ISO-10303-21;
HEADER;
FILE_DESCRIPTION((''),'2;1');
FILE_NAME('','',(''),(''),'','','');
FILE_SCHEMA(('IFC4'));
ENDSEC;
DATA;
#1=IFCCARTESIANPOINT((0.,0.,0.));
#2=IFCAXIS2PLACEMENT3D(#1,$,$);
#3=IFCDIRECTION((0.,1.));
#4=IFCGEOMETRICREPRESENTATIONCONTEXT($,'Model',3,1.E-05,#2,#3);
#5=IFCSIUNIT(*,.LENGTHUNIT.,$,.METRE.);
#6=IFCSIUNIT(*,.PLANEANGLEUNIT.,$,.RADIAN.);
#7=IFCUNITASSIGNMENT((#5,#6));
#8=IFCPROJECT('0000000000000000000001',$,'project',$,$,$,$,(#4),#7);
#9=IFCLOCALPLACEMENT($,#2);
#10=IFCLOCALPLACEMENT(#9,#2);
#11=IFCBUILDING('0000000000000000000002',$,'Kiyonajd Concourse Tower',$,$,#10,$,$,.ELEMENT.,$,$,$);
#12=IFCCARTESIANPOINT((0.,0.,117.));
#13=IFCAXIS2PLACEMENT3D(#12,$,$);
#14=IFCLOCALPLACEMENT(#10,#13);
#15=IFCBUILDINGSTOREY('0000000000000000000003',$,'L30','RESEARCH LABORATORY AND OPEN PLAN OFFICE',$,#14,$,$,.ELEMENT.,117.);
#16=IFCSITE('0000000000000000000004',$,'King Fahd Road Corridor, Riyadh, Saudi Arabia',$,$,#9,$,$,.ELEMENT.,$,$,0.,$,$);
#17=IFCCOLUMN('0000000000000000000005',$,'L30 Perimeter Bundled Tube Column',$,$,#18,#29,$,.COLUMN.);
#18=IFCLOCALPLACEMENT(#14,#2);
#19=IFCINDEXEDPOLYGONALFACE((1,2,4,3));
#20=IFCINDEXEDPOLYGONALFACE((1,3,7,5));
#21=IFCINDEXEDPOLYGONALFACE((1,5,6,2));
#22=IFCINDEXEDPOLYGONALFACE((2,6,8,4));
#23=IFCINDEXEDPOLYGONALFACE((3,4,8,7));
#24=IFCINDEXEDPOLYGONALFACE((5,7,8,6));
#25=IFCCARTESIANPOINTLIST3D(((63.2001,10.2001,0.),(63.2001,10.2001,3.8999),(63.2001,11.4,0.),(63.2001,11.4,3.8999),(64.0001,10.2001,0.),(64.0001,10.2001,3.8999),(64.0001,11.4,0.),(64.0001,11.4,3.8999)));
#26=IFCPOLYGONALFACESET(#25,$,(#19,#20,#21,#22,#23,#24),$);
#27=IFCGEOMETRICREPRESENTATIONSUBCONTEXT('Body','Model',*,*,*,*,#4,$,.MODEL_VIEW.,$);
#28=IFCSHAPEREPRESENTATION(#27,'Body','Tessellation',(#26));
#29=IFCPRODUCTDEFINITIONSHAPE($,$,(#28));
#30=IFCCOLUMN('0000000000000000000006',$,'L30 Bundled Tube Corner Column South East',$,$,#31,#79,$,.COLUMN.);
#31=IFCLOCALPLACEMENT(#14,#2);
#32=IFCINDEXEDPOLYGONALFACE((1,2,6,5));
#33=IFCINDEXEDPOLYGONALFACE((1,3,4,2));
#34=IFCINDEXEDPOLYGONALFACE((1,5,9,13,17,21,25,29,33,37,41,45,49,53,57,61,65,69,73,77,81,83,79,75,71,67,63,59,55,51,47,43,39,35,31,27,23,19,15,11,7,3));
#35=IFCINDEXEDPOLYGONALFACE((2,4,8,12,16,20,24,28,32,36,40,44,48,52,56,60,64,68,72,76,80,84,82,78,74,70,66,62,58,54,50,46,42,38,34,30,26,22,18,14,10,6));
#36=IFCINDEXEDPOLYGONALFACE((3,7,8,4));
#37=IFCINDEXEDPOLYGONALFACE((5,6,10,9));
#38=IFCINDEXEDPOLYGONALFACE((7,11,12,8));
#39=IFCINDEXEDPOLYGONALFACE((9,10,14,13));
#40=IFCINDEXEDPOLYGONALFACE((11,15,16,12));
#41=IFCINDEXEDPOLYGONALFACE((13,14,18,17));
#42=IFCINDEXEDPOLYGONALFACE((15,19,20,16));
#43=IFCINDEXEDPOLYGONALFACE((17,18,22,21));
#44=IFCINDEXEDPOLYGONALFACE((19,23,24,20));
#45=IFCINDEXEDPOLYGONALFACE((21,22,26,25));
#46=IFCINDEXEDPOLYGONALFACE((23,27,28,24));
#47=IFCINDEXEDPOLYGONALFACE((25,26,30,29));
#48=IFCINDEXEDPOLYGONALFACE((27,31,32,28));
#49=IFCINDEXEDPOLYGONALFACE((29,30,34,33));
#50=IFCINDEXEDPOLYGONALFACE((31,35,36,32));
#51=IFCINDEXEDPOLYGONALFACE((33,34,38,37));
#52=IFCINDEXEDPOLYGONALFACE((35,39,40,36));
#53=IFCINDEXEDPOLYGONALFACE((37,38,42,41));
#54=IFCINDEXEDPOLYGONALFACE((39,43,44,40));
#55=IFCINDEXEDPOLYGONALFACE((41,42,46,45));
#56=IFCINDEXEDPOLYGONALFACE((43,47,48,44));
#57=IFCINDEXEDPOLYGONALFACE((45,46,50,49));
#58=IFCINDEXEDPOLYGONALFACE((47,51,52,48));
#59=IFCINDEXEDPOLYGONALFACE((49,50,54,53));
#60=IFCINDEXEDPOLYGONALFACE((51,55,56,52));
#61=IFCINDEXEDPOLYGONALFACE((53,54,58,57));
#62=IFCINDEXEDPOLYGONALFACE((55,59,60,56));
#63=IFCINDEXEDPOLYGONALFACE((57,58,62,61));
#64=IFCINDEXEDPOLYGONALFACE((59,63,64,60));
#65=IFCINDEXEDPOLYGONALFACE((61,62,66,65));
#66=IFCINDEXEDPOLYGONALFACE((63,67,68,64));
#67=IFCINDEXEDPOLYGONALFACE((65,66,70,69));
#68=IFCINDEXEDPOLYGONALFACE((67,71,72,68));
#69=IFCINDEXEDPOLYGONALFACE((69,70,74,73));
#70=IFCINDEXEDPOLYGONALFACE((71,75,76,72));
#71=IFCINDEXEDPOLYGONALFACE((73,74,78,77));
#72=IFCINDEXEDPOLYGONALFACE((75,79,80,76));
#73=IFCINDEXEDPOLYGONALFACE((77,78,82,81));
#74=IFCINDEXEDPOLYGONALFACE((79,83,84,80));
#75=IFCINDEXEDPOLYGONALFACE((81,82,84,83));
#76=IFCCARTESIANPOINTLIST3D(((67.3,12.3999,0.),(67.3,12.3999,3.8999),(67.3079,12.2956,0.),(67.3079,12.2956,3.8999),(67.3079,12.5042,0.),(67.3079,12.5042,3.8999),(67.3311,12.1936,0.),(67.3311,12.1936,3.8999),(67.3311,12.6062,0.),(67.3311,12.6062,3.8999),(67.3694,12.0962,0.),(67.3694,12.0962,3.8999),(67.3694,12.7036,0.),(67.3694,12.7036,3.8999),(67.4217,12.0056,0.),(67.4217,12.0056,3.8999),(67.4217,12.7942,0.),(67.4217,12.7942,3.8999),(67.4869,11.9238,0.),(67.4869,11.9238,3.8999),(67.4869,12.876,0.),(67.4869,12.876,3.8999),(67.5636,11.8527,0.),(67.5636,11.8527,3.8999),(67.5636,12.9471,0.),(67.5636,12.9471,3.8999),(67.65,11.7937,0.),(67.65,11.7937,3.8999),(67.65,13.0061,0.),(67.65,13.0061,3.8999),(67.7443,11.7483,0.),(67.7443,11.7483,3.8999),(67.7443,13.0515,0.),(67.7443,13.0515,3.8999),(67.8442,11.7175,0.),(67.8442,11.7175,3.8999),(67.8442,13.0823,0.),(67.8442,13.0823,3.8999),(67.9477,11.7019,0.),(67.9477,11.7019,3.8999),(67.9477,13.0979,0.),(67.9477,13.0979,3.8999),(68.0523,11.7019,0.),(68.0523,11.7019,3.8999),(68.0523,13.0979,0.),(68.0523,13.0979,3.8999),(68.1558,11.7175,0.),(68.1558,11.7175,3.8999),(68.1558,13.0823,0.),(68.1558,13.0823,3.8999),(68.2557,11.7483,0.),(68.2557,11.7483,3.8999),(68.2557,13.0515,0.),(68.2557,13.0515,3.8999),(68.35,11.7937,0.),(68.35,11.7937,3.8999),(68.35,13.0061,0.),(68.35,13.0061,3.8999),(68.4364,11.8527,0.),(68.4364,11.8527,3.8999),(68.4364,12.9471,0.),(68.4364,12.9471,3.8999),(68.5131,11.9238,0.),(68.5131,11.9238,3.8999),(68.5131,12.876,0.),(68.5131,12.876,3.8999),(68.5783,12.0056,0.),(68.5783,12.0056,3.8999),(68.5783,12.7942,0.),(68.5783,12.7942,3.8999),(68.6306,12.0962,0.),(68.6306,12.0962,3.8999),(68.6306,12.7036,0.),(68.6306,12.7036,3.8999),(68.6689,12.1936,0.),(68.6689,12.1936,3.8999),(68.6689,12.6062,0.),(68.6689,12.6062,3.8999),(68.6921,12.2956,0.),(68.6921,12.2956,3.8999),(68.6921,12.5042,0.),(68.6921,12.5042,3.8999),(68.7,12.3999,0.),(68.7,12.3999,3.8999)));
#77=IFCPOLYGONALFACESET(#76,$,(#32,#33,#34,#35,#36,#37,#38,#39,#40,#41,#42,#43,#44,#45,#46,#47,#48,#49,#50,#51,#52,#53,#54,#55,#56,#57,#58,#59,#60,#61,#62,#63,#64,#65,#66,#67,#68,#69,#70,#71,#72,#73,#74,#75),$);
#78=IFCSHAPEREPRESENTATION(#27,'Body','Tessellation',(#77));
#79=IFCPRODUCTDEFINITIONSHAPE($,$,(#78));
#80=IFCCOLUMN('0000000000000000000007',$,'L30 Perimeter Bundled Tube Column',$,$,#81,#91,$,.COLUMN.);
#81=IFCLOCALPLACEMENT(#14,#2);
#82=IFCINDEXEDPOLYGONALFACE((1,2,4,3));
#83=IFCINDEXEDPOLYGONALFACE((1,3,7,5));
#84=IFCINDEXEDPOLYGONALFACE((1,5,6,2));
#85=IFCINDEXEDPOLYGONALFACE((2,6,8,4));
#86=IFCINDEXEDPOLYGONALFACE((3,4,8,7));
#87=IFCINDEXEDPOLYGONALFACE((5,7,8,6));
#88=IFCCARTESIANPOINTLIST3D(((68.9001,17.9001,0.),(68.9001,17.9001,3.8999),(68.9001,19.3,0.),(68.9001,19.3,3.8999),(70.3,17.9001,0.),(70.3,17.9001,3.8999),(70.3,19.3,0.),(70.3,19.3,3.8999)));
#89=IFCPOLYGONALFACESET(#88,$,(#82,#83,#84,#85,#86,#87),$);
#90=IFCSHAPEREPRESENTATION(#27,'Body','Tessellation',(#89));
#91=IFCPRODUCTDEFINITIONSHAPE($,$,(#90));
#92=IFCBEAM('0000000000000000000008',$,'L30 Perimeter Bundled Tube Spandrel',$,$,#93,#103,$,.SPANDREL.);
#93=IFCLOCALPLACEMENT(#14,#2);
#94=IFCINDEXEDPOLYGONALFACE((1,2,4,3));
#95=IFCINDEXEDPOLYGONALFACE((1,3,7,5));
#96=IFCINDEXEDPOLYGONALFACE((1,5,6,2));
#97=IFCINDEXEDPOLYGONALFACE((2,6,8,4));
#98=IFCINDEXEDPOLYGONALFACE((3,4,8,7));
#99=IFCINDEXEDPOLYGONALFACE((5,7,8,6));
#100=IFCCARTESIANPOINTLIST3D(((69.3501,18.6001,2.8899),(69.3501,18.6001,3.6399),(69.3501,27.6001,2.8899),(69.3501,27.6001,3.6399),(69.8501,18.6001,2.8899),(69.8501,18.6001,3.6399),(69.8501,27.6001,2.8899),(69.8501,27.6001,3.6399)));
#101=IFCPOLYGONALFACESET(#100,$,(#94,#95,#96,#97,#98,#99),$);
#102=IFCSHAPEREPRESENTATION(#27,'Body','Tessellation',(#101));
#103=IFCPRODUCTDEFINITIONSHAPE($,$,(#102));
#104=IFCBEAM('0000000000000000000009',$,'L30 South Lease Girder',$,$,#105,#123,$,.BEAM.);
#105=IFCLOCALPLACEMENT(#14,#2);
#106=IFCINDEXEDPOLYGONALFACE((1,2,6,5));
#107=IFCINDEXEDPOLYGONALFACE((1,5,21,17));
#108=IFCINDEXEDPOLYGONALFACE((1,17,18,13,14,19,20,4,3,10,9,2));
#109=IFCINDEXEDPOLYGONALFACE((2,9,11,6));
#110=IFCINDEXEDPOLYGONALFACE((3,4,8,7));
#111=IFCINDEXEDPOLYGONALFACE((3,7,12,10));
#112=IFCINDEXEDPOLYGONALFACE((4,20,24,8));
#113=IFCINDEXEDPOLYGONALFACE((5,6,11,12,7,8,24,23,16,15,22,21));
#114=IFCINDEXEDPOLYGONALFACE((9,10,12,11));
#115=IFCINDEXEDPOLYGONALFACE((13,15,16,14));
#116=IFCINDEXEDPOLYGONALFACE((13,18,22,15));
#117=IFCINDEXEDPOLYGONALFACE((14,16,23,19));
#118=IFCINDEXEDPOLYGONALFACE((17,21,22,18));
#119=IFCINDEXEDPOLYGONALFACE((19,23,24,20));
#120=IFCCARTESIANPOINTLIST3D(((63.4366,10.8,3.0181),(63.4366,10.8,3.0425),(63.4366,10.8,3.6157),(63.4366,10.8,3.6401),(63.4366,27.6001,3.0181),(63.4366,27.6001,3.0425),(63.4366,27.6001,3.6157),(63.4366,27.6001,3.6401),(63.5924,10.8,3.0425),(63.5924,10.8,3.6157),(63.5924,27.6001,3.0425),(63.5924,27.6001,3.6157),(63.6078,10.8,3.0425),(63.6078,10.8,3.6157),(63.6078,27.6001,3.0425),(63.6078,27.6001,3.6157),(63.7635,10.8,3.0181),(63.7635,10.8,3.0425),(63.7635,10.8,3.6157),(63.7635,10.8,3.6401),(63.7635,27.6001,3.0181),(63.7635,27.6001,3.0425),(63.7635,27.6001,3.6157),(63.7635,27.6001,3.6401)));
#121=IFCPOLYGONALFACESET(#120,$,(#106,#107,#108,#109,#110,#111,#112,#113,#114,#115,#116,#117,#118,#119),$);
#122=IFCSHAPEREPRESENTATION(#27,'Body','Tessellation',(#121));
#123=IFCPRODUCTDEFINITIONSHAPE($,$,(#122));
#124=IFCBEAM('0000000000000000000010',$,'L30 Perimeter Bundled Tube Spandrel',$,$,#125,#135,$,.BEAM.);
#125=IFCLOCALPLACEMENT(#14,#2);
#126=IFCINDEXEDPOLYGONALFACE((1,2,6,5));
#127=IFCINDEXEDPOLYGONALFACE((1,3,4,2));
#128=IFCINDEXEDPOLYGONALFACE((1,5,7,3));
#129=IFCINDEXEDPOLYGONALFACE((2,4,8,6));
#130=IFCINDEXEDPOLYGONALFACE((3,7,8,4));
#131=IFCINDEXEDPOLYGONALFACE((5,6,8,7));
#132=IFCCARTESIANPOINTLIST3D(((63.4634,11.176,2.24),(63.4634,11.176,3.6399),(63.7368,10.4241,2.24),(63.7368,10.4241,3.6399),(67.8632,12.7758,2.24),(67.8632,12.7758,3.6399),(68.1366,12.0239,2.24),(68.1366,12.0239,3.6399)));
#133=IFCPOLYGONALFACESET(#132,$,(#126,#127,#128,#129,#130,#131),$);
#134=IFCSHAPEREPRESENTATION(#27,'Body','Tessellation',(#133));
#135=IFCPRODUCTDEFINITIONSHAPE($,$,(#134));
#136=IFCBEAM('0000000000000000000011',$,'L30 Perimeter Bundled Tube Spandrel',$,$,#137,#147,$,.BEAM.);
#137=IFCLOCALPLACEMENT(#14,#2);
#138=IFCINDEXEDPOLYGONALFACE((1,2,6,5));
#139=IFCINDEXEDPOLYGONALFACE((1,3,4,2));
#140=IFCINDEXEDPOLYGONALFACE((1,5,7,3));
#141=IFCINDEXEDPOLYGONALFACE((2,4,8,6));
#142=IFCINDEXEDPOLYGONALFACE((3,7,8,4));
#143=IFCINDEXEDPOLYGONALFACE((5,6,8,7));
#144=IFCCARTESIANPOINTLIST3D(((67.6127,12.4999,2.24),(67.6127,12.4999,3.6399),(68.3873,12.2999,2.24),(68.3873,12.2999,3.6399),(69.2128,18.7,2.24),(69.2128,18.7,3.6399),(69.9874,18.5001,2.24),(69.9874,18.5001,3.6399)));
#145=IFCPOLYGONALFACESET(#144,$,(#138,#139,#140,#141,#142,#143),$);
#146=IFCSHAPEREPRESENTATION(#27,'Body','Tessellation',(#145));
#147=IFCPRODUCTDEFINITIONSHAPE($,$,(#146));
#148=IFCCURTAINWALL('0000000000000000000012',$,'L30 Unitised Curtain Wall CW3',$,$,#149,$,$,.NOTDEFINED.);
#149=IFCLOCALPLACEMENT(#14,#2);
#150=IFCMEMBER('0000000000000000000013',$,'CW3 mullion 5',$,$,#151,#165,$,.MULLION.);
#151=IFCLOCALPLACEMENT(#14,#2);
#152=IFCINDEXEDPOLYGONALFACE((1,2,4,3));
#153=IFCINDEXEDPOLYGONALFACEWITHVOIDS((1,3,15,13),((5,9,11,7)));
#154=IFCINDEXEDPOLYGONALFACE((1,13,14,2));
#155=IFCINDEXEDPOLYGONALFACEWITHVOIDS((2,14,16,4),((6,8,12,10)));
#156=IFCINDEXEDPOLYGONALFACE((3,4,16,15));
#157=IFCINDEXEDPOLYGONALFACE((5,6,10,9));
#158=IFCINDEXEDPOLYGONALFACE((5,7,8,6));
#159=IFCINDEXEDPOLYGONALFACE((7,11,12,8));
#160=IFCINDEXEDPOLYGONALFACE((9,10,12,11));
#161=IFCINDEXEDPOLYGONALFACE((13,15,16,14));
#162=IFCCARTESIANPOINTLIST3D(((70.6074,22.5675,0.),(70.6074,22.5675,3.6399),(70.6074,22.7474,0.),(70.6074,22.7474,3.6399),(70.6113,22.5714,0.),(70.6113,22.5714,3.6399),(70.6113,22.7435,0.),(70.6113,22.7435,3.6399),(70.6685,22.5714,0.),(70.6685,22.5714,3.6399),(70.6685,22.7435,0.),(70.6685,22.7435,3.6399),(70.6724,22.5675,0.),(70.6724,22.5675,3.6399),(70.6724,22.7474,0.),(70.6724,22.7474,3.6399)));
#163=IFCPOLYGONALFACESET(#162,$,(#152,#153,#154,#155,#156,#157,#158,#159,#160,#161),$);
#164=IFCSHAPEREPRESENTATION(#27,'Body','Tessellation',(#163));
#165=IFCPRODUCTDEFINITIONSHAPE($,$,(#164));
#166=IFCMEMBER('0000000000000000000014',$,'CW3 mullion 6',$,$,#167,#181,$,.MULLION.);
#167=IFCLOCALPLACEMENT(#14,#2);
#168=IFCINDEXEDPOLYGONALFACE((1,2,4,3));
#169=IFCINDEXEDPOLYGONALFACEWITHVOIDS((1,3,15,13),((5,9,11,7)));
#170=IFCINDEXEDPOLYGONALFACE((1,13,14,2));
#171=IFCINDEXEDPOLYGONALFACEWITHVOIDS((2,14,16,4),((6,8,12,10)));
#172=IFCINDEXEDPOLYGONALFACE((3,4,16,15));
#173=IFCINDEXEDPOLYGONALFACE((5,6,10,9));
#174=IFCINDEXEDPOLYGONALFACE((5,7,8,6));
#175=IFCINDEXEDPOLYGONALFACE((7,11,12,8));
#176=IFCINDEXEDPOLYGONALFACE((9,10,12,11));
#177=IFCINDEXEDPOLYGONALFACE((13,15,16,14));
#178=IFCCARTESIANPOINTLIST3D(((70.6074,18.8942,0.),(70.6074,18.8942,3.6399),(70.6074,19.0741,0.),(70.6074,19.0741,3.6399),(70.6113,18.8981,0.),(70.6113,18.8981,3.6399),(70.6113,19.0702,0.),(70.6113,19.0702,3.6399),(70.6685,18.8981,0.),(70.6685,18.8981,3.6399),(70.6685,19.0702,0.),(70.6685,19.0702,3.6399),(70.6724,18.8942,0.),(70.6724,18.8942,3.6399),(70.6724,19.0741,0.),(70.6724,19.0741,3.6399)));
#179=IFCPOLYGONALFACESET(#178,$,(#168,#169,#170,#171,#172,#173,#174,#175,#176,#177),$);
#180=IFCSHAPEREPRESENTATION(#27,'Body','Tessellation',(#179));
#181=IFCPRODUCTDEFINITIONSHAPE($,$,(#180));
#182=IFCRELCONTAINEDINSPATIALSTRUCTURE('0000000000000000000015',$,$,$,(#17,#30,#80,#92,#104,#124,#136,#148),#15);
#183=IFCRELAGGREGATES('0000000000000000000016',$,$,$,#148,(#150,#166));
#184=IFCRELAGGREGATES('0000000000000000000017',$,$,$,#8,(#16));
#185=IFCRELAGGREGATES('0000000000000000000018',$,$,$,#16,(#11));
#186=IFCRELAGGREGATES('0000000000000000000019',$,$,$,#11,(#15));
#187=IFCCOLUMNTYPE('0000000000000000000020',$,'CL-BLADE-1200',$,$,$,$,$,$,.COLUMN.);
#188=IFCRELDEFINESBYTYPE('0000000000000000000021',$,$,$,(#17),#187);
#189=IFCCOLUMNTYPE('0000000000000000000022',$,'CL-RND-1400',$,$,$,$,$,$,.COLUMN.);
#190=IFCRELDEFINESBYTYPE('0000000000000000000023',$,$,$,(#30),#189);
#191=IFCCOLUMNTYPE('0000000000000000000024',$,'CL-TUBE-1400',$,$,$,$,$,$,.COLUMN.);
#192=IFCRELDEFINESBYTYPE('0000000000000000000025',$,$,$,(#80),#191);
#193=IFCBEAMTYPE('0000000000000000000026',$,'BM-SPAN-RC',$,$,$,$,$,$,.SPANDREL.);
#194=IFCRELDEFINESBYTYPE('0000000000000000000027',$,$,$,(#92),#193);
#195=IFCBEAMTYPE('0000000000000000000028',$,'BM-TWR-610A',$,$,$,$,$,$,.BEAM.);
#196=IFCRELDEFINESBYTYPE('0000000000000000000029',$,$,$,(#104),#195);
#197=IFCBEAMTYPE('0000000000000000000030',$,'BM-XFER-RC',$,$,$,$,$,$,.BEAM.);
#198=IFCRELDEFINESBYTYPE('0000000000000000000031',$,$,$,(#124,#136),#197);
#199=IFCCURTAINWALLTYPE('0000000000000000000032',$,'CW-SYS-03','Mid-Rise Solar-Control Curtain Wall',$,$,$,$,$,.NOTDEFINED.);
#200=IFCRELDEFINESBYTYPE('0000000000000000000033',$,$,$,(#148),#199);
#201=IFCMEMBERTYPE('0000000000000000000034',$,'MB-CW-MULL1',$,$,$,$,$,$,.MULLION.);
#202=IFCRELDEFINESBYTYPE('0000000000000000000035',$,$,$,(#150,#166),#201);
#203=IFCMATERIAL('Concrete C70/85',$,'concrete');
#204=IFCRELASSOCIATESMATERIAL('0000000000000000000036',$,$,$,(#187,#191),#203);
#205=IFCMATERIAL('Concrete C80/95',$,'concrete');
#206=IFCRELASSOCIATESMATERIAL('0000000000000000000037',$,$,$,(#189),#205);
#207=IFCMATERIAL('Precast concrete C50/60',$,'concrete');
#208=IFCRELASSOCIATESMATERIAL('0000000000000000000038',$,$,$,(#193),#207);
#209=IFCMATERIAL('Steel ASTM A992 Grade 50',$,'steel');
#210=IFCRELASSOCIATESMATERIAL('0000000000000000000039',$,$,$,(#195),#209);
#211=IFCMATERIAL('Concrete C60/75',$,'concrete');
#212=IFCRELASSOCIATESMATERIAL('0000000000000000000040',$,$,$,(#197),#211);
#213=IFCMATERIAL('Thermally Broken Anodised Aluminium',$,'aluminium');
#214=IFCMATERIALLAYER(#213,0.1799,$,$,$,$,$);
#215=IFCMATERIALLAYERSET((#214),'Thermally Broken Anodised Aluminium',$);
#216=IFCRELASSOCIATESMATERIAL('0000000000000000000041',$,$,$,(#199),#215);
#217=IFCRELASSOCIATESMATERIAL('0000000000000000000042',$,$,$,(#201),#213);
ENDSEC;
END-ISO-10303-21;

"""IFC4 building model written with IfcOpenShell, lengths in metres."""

from ifc_helpers import new_model, si_unit, direction, frame, origin, origin_2d, place, context, subcontext, project, spatial, rectangle, hollow_rectangle, circle, i_section, extrude, material, layer, layer_set, material_profile, profile_set, type_object, element, aggregate, save


model = new_model("IFC4")

# Units and contexts
model_context = context("Model", 3, precision=1e-05, world=origin(), true_north=direction((0.0, 1.0)))
body_context = subcontext(model_context, "Body", "Model", "MODEL_VIEW")
ifc_project = project(units=[si_unit("LENGTHUNIT", "METRE"), si_unit("PLANEANGLEUNIT", "RADIAN")], contexts=[model_context])

# Site, building, storey
site_placement = place(None, origin())
site = spatial("IfcSite", under=ifc_project, at=site_placement, Name="King Fahd Road Corridor, Riyadh, Saudi Arabia", CompositionType="ELEMENT", RefElevation=0.0)
building_placement = place(site_placement, origin())
building = spatial("IfcBuilding", under=site, at=building_placement, Name="Kiyonajd Concourse Tower", CompositionType="ELEMENT")
storey_placement = place(building_placement, frame((0.0, 0.0, 117.0)))
storey = spatial("IfcBuildingStorey", under=building, at=storey_placement, Name="L30", Description="RESEARCH LABORATORY AND OPEN PLAN OFFICE", CompositionType="ELEMENT", Elevation=117.0)

# Columns
ifc_material_1 = material(Name="Concrete C70/85", Category="concrete")
ifc_material_profile_1 = material_profile(ifc_material_1, rectangle(XDim=0.8, YDim=1.2, at=origin_2d()), Name="RC-1200x800")
ifc_profile_set_1 = profile_set([ifc_material_profile_1], Name="Concrete C70/85")
column_type_1 = type_object("IfcColumnType", Name="CL-BLADE-1200", PredefinedType="COLUMN", material=ifc_profile_set_1)
column_1_placement = place(storey_placement, frame((63.6001, 10.8, 0.0), z_axis=(0.0, 0.0, 1.0), x_axis=(1.0, 0.0, 0.0)))
element("IfcColumn", 1, at=column_1_placement, inside=storey, type_object=column_type_1, Name="L30 Perimeter Bundled Tube Column", PredefinedType="COLUMN", context=body_context, shape_type="SweptSolid", body=[
    extrude(rectangle(XDim=0.8, YDim=1.2, at=origin_2d()), origin(), (0.0, 0.0, 1.0), 3.8999),
])
ifc_material_2 = material(Name="Concrete C80/95", Category="concrete")
ifc_material_profile_2 = material_profile(ifc_material_2, circle(Radius=0.7, at=origin_2d()), Name="RCC-D1400")
ifc_profile_set_2 = profile_set([ifc_material_profile_2], Name="Concrete C80/95")
column_type_2 = type_object("IfcColumnType", Name="CL-RND-1400", PredefinedType="COLUMN", material=ifc_profile_set_2)
column_2_placement = place(storey_placement, frame((68.0, 12.3999, 0.0), z_axis=(0.0, 0.0, 1.0), x_axis=(1.0, 0.0, 0.0)))
element("IfcColumn", 2, at=column_2_placement, inside=storey, type_object=column_type_2, Name="L30 Bundled Tube Corner Column South East", PredefinedType="COLUMN", context=body_context, shape_type="SweptSolid", body=[
    extrude(circle(Radius=0.7, at=origin_2d()), origin(), (0.0, 0.0, 1.0), 3.8999),
])
ifc_material_profile_3 = material_profile(ifc_material_1, rectangle(XDim=1.3999, YDim=1.3999, at=origin_2d()), Name="RC-1400x1400")
ifc_profile_set_3 = profile_set([ifc_material_profile_3], Name="Concrete C70/85")
column_type_3 = type_object("IfcColumnType", Name="CL-TUBE-1400", PredefinedType="COLUMN", material=ifc_profile_set_3)
column_3_placement = place(storey_placement, frame((69.6001, 18.6001, 0.0), z_axis=(0.0, 0.0, 1.0), x_axis=(1.0, 0.0, 0.0)))
element("IfcColumn", 3, at=column_3_placement, inside=storey, type_object=column_type_3, Name="L30 Perimeter Bundled Tube Column", PredefinedType="COLUMN", context=body_context, shape_type="SweptSolid", body=[
    extrude(rectangle(XDim=1.3999, YDim=1.3999, at=origin_2d()), origin(), (0.0, 0.0, 1.0), 3.8999),
])

# Beams
ifc_material_3 = material(Name="Precast concrete C50/60", Category="concrete")
ifc_material_profile_4 = material_profile(ifc_material_3, rectangle(XDim=0.5, YDim=0.75, at=origin_2d()), Name="RCBM-500x750")
ifc_profile_set_4 = profile_set([ifc_material_profile_4], Name="Precast concrete C50/60")
beam_type_1 = type_object("IfcBeamType", Name="BM-SPAN-RC", PredefinedType="SPANDREL", material=ifc_profile_set_4)
beam_1_placement = place(storey_placement, frame((69.6001, 18.6001, 3.2649), z_axis=(0.0, 1.0, 0.0), x_axis=(-1.0, 0.0, 0.0)))
element("IfcBeam", 4, at=beam_1_placement, inside=storey, type_object=beam_type_1, Name="L30 Perimeter Bundled Tube Spandrel", PredefinedType="SPANDREL", context=body_context, shape_type="SweptSolid", body=[
    extrude(rectangle(XDim=0.5, YDim=0.75, at=origin_2d()), origin(), (0.0, 0.0, 1.0), 9.0),
])
ifc_material_4 = material(Name="Steel ASTM A992 Grade 50", Category="steel")
ifc_material_profile_5 = material_profile(ifc_material_4, i_section(OverallWidth=0.3269, OverallDepth=0.6221, WebThickness=0.0154, FlangeThickness=0.0244, at=origin_2d()), Name="W610X195")
ifc_profile_set_5 = profile_set([ifc_material_profile_5], Name="Steel ASTM A992 Grade 50")
beam_type_2 = type_object("IfcBeamType", Name="BM-TWR-610A", PredefinedType="BEAM", material=ifc_profile_set_5)
beam_2_placement = place(storey_placement, frame((63.6001, 10.8, 3.3291), z_axis=(0.0, 1.0, 0.0), x_axis=(-1.0, 0.0, 0.0)))
element("IfcBeam", 5, at=beam_2_placement, inside=storey, type_object=beam_type_2, Name="L30 South Lease Girder", PredefinedType="BEAM", context=body_context, shape_type="SweptSolid", body=[
    extrude(i_section(OverallWidth=0.3269, OverallDepth=0.6221, WebThickness=0.0154, FlangeThickness=0.0244, at=origin_2d()), origin(), (0.0, 0.0, 1.0), 16.8),
])
ifc_material_5 = material(Name="Concrete C60/75", Category="concrete")
ifc_material_profile_6 = material_profile(ifc_material_5, rectangle(XDim=0.8, YDim=1.3999, at=origin_2d()), Name="RCBM-800x1400")
ifc_profile_set_6 = profile_set([ifc_material_profile_6], Name="Concrete C60/75")
beam_type_3 = type_object("IfcBeamType", Name="BM-XFER-RC", PredefinedType="BEAM", material=ifc_profile_set_6)
beam_3_placement = place(storey_placement, frame((63.6001, 10.8, 2.9399), z_axis=(0.939801, 0.341722, 0.0), x_axis=(-0.341722, 0.939801, 0.0)))
element("IfcBeam", 6, at=beam_3_placement, inside=storey, type_object=beam_type_3, Name="L30 Perimeter Bundled Tube Spandrel", PredefinedType="BEAM", context=body_context, shape_type="SweptSolid", body=[
    extrude(rectangle(XDim=0.8, YDim=1.3999, at=origin_2d()), origin(), (0.0, 0.0, 1.0), 4.6816),
])
beam_4_placement = place(storey_placement, frame((68.0, 12.3999, 2.9399), z_axis=(0.249885, 0.968276, 0.0), x_axis=(-0.968276, 0.249885, 0.0)))
element("IfcBeam", 7, at=beam_4_placement, inside=storey, type_object=beam_type_3, Name="L30 Perimeter Bundled Tube Spandrel", PredefinedType="BEAM", context=body_context, shape_type="SweptSolid", body=[
    extrude(rectangle(XDim=0.8, YDim=1.3999, at=origin_2d()), origin(), (0.0, 0.0, 1.0), 6.4033),
])

# Curtain wall, members
ifc_material_6 = material(Name="Thermally Broken Anodised Aluminium", Category="aluminium")
ifc_layer_1 = layer(ifc_material_6, 0.1799)
ifc_layer_set_1 = layer_set([ifc_layer_1], Name="Thermally Broken Anodised Aluminium")
curtain_wall_type = type_object("IfcCurtainWallType", Name="CW-SYS-03", Description="Mid-Rise Solar-Control Curtain Wall", PredefinedType="NOTDEFINED", material=ifc_layer_set_1)
curtain_wall_placement = place(storey_placement, origin())
curtain_wall = element("IfcCurtainWall", 8, at=curtain_wall_placement, inside=storey, type_object=curtain_wall_type, Name="L30 Unitised Curtain Wall CW3", PredefinedType="NOTDEFINED")
ifc_material_profile_7 = material_profile(ifc_material_6, hollow_rectangle(XDim=0.0649, YDim=0.1799, WallThickness=0.0039, at=origin_2d()), Name="MULL-65x180")
ifc_profile_set_7 = profile_set([ifc_material_profile_7], Name="Thermally Broken Anodised Aluminium")
member_type_1 = type_object("IfcMemberType", Name="MB-CW-MULL1", PredefinedType="MULLION", material=ifc_profile_set_7)
member_1_placement = place(storey_placement, frame((70.6399, 22.6575, 0.0), z_axis=(0.0, 0.0, 1.0), x_axis=(1.0, 0.0, 0.0)))
member_1 = element("IfcMember", 9, at=member_1_placement, type_object=member_type_1, Name="CW3 mullion 5", PredefinedType="MULLION", context=body_context, shape_type="SweptSolid", body=[
    extrude(hollow_rectangle(XDim=0.0649, YDim=0.1799, WallThickness=0.0039, at=origin_2d()), origin(), (0.0, 0.0, 1.0), 3.6399),
])
member_2_placement = place(storey_placement, frame((70.6399, 18.9841, 0.0), z_axis=(0.0, 0.0, 1.0), x_axis=(1.0, 0.0, 0.0)))
member_2 = element("IfcMember", 10, at=member_2_placement, type_object=member_type_1, Name="CW3 mullion 6", PredefinedType="MULLION", context=body_context, shape_type="SweptSolid", body=[
    extrude(hollow_rectangle(XDim=0.0649, YDim=0.1799, WallThickness=0.0039, at=origin_2d()), origin(), (0.0, 0.0, 1.0), 3.6399),
])
aggregate(curtain_wall, [member_1, member_2])

save(model, "model.ifc")
